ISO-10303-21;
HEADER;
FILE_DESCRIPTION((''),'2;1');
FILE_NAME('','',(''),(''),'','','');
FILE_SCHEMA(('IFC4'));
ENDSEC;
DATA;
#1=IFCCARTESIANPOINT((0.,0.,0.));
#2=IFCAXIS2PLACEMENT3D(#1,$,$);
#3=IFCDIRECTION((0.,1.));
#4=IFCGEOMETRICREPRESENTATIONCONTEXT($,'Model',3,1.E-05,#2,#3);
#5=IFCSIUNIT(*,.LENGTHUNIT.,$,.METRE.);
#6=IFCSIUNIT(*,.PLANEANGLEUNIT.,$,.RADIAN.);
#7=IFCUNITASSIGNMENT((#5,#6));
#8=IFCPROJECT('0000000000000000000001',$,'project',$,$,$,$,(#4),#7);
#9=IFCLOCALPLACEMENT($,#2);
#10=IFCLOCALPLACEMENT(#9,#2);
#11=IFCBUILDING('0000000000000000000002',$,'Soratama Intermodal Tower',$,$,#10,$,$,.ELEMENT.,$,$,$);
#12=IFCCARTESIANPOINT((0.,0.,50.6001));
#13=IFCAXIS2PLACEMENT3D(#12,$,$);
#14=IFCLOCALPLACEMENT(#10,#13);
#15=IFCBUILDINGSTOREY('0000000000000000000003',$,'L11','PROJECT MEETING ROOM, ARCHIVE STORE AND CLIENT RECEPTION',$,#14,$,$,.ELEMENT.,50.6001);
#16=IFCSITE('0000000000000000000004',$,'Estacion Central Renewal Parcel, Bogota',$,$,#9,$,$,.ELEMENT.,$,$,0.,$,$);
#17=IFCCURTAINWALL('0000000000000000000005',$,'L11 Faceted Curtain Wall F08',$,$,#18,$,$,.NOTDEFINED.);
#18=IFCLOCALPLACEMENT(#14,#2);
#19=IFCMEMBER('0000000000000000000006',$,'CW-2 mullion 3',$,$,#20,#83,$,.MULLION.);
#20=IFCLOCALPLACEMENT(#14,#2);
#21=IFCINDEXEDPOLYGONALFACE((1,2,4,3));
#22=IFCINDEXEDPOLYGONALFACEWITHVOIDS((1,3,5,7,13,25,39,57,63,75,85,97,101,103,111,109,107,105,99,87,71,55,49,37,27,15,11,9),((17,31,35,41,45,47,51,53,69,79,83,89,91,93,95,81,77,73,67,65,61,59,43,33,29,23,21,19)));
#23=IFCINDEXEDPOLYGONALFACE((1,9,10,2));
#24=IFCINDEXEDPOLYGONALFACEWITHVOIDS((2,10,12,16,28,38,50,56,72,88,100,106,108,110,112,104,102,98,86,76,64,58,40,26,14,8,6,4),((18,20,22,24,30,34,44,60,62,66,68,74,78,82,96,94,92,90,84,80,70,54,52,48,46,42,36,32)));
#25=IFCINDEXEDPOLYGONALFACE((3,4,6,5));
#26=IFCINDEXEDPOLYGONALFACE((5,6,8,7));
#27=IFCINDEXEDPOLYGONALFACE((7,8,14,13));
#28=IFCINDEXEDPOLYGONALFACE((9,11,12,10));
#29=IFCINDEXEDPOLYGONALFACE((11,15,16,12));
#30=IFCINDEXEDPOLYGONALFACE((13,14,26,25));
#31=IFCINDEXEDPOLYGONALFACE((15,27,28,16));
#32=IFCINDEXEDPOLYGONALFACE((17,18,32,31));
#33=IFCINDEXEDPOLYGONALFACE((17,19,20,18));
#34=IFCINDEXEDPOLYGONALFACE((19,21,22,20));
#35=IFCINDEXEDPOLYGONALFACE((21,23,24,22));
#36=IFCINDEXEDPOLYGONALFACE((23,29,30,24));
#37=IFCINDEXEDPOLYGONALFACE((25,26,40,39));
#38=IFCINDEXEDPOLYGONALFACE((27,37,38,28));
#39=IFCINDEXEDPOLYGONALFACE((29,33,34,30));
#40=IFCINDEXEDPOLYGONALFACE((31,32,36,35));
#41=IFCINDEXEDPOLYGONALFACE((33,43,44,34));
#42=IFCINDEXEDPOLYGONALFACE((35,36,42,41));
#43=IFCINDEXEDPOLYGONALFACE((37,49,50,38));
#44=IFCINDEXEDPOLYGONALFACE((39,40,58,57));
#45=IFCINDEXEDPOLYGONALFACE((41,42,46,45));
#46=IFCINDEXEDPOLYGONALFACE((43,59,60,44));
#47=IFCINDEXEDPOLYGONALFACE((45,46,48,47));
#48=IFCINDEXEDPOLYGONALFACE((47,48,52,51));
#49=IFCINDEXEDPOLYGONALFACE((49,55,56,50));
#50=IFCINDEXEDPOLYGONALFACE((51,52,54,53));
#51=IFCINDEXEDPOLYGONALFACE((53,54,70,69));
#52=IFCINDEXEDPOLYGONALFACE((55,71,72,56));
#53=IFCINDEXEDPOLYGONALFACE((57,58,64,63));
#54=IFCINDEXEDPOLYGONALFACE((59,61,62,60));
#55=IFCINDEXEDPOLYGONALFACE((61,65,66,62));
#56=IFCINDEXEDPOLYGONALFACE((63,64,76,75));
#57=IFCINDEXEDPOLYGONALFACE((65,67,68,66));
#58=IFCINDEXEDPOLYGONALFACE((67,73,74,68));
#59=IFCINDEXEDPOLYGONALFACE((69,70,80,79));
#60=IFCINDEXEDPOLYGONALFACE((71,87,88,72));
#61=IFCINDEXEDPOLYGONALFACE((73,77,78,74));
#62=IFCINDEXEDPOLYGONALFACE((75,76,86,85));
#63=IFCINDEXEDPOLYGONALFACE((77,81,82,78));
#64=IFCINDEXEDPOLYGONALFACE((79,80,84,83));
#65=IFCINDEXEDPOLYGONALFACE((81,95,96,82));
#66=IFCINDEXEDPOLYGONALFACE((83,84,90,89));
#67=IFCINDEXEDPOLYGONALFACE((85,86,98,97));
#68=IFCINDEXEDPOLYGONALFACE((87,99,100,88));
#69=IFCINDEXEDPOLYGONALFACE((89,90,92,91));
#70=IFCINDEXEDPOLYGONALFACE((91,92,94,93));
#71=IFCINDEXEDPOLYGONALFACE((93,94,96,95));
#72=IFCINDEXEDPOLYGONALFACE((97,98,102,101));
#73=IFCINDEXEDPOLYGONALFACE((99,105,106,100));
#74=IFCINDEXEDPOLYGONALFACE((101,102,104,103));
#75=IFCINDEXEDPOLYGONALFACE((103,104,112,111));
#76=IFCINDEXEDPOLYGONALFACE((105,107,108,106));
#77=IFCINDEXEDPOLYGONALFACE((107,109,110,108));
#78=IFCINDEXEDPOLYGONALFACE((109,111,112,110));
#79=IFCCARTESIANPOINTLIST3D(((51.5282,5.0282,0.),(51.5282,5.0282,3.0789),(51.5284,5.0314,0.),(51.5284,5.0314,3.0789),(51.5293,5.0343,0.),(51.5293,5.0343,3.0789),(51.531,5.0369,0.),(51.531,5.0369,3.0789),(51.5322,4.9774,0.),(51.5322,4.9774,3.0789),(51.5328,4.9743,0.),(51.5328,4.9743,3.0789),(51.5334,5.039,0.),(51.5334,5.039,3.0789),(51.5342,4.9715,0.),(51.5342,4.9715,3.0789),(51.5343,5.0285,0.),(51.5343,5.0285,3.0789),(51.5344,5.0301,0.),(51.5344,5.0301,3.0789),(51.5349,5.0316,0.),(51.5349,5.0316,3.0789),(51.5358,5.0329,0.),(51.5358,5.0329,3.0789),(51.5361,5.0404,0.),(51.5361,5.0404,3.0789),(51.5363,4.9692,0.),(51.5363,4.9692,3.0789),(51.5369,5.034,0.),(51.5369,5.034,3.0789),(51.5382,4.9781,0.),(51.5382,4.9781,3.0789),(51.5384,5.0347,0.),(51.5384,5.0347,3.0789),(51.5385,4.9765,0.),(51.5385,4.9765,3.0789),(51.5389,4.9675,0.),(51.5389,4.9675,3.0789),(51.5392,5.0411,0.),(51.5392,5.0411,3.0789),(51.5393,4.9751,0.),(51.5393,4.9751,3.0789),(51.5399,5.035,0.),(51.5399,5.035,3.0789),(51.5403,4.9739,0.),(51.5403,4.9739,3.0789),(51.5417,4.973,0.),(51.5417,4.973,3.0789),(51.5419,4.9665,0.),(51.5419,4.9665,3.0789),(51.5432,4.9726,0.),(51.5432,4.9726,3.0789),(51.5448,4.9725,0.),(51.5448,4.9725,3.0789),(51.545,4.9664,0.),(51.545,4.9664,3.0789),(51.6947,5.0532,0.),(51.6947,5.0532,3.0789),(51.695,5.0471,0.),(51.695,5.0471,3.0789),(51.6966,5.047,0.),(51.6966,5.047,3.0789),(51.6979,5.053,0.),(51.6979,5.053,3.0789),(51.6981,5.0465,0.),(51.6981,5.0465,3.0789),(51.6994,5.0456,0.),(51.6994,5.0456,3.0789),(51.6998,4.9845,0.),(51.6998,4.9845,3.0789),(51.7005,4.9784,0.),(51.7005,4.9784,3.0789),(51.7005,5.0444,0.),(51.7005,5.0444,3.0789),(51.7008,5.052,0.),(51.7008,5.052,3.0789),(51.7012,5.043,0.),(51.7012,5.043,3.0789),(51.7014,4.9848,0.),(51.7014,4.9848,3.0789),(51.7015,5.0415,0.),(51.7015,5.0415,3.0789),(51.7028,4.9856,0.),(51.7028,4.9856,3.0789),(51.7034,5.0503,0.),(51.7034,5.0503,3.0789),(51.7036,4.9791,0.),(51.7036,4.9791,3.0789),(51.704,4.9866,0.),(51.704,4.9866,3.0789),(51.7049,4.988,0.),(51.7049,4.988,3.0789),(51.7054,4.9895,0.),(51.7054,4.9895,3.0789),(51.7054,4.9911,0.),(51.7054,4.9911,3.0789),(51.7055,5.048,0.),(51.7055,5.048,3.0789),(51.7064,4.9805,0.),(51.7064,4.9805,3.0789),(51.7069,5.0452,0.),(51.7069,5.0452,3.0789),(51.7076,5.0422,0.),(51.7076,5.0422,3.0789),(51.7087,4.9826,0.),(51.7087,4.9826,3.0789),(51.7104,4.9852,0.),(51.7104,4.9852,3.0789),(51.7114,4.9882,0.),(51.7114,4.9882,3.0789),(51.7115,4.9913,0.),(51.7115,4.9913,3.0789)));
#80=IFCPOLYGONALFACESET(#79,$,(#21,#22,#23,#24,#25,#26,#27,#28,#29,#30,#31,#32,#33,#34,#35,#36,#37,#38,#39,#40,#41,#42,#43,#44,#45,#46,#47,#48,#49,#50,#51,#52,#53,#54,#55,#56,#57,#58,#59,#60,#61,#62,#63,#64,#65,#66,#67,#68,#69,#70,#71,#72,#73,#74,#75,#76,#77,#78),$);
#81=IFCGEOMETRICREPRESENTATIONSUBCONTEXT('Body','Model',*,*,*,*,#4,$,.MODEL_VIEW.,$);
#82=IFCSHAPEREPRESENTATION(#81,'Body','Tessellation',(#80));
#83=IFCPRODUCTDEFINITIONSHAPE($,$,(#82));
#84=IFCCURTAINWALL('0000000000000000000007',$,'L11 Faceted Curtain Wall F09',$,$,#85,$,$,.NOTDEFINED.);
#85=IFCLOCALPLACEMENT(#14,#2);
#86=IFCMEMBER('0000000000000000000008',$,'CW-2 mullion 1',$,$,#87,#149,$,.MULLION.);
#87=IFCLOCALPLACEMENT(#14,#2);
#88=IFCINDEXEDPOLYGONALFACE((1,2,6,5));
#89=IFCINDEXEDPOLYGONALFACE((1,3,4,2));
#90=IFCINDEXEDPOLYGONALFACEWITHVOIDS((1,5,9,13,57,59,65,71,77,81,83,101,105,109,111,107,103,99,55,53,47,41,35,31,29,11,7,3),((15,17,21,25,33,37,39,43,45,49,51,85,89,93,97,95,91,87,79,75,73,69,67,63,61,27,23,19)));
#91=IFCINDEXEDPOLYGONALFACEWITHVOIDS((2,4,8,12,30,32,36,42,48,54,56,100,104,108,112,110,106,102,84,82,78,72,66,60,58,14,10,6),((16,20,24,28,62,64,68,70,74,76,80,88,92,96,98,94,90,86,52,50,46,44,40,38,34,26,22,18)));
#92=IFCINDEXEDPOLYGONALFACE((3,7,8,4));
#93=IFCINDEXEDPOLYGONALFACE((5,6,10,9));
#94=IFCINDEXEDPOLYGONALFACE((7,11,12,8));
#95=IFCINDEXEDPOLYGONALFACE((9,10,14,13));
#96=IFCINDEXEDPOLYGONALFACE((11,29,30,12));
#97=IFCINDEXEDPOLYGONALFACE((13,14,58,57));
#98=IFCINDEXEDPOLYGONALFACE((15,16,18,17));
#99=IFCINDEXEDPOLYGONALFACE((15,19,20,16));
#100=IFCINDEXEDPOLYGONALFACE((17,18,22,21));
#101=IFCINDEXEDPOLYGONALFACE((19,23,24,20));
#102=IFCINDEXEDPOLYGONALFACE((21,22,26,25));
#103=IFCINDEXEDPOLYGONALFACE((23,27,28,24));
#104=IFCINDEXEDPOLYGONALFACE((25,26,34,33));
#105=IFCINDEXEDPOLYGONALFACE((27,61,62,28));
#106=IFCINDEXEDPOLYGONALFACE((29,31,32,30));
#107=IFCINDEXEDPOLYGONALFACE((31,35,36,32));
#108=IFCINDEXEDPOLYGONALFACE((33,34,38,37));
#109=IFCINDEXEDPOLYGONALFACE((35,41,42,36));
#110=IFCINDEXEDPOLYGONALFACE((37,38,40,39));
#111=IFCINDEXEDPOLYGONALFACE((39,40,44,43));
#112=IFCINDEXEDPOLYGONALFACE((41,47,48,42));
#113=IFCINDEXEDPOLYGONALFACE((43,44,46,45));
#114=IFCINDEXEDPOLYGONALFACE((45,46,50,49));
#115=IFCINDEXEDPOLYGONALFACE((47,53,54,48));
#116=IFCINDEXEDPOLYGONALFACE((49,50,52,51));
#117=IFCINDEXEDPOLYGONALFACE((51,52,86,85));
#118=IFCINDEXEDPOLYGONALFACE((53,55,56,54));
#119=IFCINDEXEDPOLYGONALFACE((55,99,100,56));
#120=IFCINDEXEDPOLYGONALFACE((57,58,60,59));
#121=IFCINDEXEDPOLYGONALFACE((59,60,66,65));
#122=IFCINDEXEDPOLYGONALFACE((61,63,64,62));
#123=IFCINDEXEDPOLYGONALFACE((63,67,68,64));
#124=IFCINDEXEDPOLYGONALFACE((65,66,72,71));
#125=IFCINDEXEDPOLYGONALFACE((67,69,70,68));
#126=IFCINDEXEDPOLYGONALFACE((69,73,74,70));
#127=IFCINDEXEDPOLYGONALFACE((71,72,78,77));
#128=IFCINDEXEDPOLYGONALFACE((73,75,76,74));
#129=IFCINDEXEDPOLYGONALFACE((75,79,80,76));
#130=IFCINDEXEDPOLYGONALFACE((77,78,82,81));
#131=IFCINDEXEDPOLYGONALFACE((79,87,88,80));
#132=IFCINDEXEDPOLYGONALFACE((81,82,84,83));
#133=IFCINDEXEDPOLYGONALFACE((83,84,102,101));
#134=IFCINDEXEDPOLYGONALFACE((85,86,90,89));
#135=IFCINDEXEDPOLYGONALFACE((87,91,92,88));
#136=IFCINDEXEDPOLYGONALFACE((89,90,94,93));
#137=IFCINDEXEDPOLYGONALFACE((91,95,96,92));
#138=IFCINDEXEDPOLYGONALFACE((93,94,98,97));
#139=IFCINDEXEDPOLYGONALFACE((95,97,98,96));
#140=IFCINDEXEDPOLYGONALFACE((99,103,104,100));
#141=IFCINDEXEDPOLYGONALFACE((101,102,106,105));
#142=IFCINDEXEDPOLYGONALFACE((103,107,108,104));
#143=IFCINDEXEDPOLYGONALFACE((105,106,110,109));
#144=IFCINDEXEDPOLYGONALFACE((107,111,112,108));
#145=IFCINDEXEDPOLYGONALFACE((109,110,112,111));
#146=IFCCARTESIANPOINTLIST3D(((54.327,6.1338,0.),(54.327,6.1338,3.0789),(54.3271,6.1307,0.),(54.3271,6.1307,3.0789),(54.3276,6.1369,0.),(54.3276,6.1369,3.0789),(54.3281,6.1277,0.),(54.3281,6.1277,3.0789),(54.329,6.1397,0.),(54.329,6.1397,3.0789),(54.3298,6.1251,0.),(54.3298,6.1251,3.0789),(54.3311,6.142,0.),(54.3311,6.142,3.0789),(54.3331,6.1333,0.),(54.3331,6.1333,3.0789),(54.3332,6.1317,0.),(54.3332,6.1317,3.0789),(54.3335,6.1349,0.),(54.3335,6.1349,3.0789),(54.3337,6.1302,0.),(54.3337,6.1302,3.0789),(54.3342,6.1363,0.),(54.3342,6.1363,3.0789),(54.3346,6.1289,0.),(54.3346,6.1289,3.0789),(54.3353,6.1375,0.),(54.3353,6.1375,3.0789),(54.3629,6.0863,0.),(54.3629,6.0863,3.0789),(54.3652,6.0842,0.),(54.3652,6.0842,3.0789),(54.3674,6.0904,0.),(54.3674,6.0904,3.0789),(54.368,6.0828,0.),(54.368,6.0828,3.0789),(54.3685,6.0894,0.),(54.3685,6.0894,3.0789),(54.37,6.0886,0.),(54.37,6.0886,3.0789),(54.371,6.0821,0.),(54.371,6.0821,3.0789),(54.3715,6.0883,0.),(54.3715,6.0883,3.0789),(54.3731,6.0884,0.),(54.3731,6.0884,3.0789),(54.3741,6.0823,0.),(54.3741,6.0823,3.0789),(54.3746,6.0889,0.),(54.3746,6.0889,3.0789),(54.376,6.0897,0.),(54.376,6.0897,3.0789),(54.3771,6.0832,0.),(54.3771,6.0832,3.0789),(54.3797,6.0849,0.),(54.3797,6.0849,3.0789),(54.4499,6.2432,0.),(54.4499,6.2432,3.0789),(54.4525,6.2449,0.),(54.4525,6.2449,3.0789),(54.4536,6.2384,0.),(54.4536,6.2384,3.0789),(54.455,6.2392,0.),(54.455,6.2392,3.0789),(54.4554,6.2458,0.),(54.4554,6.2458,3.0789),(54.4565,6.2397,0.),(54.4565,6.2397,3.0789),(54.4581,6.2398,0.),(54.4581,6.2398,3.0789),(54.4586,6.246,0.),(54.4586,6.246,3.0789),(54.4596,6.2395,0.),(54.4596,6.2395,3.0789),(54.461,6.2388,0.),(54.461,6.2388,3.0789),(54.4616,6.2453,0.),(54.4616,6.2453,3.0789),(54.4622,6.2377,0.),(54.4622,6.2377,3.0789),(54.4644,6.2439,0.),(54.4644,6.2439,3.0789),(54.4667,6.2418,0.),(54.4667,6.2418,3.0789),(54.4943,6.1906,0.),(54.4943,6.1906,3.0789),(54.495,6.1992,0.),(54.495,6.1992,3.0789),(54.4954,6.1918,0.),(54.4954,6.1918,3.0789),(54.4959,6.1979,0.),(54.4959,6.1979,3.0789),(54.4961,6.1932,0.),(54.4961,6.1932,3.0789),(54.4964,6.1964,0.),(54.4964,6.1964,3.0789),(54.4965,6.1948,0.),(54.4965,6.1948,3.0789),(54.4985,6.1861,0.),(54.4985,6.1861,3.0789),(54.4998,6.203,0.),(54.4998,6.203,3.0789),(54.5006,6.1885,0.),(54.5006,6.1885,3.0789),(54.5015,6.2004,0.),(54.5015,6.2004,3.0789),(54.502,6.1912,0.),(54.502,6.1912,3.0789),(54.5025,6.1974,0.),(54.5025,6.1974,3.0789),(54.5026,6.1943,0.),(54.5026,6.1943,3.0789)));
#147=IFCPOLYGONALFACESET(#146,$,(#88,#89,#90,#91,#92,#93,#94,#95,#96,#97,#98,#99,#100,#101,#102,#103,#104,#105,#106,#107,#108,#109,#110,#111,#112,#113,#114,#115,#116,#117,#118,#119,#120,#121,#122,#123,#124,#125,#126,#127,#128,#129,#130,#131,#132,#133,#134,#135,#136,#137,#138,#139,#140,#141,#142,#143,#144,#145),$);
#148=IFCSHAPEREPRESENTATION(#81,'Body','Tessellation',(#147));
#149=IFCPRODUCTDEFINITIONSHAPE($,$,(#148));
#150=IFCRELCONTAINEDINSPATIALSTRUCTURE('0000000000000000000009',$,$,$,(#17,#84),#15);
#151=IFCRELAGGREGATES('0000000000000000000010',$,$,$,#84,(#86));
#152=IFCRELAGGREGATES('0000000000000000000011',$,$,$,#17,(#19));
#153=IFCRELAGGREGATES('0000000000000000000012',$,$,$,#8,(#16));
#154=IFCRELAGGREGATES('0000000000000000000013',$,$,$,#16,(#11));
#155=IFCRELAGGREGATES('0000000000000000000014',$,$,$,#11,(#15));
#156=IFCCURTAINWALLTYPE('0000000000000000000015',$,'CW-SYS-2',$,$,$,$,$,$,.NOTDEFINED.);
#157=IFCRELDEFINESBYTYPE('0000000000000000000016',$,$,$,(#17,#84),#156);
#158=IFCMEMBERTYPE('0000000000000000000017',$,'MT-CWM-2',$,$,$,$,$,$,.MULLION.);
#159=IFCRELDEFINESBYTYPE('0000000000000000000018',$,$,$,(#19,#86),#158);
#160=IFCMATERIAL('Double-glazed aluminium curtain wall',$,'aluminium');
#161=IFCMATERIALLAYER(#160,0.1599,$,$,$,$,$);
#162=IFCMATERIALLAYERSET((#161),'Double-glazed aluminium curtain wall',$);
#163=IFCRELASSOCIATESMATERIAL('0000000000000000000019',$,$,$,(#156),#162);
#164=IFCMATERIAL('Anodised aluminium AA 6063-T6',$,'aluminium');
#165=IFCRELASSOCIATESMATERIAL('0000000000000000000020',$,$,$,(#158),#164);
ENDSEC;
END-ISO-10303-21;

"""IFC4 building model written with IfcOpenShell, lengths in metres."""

from ifc_helpers import new_model, si_unit, direction, frame, origin, origin_2d, place, context, subcontext, project, spatial, hollow_rectangle, extrude, material, layer, layer_set, material_profile, profile_set, type_object, element, aggregate, save


model = new_model("IFC4")

# Units and contexts
model_context = context("Model", 3, precision=1e-05, world=origin(), true_north=direction((0.0, 1.0)))
body_context = subcontext(model_context, "Body", "Model", "MODEL_VIEW")
ifc_project = project(units=[si_unit("LENGTHUNIT", "METRE"), si_unit("PLANEANGLEUNIT", "RADIAN")], contexts=[model_context])

# Site, building, storey
site_placement = place(None, origin())
site = spatial("IfcSite", under=ifc_project, at=site_placement, Name="Estacion Central Renewal Parcel, Bogota", CompositionType="ELEMENT", RefElevation=0.0)
building_placement = place(site_placement, origin())
building = spatial("IfcBuilding", under=site, at=building_placement, Name="Soratama Intermodal Tower", CompositionType="ELEMENT")
storey_placement = place(building_placement, frame((0.0, 0.0, 50.6001)))
storey = spatial("IfcBuildingStorey", under=building, at=storey_placement, Name="L11", Description="PROJECT MEETING ROOM, ARCHIVE STORE AND CLIENT RECEPTION", CompositionType="ELEMENT", Elevation=50.6001)

# Curtain wall, member
ifc_material_1 = material(Name="Double-glazed aluminium curtain wall", Category="aluminium")
ifc_layer_1 = layer(ifc_material_1, 0.1599)
ifc_layer_set_1 = layer_set([ifc_layer_1], Name="Double-glazed aluminium curtain wall")
curtain_wall_type = type_object("IfcCurtainWallType", Name="CW-SYS-2", PredefinedType="NOTDEFINED", material=ifc_layer_set_1)
curtain_wall_1_placement = place(storey_placement, origin())
curtain_wall_1 = element("IfcCurtainWall", 1, at=curtain_wall_1_placement, inside=storey, type_object=curtain_wall_type, Name="L11 Faceted Curtain Wall F08", PredefinedType="NOTDEFINED")
ifc_material_2 = material(Name="Anodised aluminium AA 6063-T6", Category="aluminium")
ifc_material_profile_1 = material_profile(ifc_material_2, hollow_rectangle(XDim=0.075, YDim=0.1799, WallThickness=0.0061, InnerFilletRadius=0.0061, OuterFilletRadius=0.012, at=origin_2d()), Name="CWM180X75X6")
ifc_profile_set_1 = profile_set([ifc_material_profile_1], Name="Anodised aluminium AA 6063-T6")
member_type_1 = type_object("IfcMemberType", Name="MT-CWM-2", PredefinedType="MULLION", material=ifc_profile_set_1)
member_1_placement = place(storey_placement, frame((51.6199, 5.0098, 0.0), z_axis=(0.0, 0.0, 1.0), x_axis=(-0.077411, 0.996999, 0.0)))
member_1 = element("IfcMember", 2, at=member_1_placement, type_object=member_type_1, Name="CW-2 mullion 3", PredefinedType="MULLION", context=body_context, shape_type="SweptSolid", body=[
    extrude(hollow_rectangle(XDim=0.075, YDim=0.1799, WallThickness=0.0061, InnerFilletRadius=0.0061, OuterFilletRadius=0.012, at=origin_2d()), origin(), (0.0, 0.0, 1.0), 3.0789),
])

# Curtain wall, member
curtain_wall_2_placement = place(storey_placement, origin())
curtain_wall_2 = element("IfcCurtainWall", 3, at=curtain_wall_2_placement, inside=storey, type_object=curtain_wall_type, Name="L11 Faceted Curtain Wall F09", PredefinedType="NOTDEFINED")
member_2_placement = place(storey_placement, frame((54.4148, 6.1641, 0.0), z_axis=(0.0, 0.0, 1.0), x_axis=(-0.648652, 0.761085, 0.0)))
member_2 = element("IfcMember", 4, at=member_2_placement, type_object=member_type_1, Name="CW-2 mullion 1", PredefinedType="MULLION", context=body_context, shape_type="SweptSolid", body=[
    extrude(hollow_rectangle(XDim=0.075, YDim=0.1799, WallThickness=0.0061, InnerFilletRadius=0.0061, OuterFilletRadius=0.012, at=origin_2d()), origin(), (0.0, 0.0, 1.0), 3.0789),
])
aggregate(curtain_wall_2, [member_2])

aggregate(curtain_wall_1, [member_1])

save(model, "model.ifc")
